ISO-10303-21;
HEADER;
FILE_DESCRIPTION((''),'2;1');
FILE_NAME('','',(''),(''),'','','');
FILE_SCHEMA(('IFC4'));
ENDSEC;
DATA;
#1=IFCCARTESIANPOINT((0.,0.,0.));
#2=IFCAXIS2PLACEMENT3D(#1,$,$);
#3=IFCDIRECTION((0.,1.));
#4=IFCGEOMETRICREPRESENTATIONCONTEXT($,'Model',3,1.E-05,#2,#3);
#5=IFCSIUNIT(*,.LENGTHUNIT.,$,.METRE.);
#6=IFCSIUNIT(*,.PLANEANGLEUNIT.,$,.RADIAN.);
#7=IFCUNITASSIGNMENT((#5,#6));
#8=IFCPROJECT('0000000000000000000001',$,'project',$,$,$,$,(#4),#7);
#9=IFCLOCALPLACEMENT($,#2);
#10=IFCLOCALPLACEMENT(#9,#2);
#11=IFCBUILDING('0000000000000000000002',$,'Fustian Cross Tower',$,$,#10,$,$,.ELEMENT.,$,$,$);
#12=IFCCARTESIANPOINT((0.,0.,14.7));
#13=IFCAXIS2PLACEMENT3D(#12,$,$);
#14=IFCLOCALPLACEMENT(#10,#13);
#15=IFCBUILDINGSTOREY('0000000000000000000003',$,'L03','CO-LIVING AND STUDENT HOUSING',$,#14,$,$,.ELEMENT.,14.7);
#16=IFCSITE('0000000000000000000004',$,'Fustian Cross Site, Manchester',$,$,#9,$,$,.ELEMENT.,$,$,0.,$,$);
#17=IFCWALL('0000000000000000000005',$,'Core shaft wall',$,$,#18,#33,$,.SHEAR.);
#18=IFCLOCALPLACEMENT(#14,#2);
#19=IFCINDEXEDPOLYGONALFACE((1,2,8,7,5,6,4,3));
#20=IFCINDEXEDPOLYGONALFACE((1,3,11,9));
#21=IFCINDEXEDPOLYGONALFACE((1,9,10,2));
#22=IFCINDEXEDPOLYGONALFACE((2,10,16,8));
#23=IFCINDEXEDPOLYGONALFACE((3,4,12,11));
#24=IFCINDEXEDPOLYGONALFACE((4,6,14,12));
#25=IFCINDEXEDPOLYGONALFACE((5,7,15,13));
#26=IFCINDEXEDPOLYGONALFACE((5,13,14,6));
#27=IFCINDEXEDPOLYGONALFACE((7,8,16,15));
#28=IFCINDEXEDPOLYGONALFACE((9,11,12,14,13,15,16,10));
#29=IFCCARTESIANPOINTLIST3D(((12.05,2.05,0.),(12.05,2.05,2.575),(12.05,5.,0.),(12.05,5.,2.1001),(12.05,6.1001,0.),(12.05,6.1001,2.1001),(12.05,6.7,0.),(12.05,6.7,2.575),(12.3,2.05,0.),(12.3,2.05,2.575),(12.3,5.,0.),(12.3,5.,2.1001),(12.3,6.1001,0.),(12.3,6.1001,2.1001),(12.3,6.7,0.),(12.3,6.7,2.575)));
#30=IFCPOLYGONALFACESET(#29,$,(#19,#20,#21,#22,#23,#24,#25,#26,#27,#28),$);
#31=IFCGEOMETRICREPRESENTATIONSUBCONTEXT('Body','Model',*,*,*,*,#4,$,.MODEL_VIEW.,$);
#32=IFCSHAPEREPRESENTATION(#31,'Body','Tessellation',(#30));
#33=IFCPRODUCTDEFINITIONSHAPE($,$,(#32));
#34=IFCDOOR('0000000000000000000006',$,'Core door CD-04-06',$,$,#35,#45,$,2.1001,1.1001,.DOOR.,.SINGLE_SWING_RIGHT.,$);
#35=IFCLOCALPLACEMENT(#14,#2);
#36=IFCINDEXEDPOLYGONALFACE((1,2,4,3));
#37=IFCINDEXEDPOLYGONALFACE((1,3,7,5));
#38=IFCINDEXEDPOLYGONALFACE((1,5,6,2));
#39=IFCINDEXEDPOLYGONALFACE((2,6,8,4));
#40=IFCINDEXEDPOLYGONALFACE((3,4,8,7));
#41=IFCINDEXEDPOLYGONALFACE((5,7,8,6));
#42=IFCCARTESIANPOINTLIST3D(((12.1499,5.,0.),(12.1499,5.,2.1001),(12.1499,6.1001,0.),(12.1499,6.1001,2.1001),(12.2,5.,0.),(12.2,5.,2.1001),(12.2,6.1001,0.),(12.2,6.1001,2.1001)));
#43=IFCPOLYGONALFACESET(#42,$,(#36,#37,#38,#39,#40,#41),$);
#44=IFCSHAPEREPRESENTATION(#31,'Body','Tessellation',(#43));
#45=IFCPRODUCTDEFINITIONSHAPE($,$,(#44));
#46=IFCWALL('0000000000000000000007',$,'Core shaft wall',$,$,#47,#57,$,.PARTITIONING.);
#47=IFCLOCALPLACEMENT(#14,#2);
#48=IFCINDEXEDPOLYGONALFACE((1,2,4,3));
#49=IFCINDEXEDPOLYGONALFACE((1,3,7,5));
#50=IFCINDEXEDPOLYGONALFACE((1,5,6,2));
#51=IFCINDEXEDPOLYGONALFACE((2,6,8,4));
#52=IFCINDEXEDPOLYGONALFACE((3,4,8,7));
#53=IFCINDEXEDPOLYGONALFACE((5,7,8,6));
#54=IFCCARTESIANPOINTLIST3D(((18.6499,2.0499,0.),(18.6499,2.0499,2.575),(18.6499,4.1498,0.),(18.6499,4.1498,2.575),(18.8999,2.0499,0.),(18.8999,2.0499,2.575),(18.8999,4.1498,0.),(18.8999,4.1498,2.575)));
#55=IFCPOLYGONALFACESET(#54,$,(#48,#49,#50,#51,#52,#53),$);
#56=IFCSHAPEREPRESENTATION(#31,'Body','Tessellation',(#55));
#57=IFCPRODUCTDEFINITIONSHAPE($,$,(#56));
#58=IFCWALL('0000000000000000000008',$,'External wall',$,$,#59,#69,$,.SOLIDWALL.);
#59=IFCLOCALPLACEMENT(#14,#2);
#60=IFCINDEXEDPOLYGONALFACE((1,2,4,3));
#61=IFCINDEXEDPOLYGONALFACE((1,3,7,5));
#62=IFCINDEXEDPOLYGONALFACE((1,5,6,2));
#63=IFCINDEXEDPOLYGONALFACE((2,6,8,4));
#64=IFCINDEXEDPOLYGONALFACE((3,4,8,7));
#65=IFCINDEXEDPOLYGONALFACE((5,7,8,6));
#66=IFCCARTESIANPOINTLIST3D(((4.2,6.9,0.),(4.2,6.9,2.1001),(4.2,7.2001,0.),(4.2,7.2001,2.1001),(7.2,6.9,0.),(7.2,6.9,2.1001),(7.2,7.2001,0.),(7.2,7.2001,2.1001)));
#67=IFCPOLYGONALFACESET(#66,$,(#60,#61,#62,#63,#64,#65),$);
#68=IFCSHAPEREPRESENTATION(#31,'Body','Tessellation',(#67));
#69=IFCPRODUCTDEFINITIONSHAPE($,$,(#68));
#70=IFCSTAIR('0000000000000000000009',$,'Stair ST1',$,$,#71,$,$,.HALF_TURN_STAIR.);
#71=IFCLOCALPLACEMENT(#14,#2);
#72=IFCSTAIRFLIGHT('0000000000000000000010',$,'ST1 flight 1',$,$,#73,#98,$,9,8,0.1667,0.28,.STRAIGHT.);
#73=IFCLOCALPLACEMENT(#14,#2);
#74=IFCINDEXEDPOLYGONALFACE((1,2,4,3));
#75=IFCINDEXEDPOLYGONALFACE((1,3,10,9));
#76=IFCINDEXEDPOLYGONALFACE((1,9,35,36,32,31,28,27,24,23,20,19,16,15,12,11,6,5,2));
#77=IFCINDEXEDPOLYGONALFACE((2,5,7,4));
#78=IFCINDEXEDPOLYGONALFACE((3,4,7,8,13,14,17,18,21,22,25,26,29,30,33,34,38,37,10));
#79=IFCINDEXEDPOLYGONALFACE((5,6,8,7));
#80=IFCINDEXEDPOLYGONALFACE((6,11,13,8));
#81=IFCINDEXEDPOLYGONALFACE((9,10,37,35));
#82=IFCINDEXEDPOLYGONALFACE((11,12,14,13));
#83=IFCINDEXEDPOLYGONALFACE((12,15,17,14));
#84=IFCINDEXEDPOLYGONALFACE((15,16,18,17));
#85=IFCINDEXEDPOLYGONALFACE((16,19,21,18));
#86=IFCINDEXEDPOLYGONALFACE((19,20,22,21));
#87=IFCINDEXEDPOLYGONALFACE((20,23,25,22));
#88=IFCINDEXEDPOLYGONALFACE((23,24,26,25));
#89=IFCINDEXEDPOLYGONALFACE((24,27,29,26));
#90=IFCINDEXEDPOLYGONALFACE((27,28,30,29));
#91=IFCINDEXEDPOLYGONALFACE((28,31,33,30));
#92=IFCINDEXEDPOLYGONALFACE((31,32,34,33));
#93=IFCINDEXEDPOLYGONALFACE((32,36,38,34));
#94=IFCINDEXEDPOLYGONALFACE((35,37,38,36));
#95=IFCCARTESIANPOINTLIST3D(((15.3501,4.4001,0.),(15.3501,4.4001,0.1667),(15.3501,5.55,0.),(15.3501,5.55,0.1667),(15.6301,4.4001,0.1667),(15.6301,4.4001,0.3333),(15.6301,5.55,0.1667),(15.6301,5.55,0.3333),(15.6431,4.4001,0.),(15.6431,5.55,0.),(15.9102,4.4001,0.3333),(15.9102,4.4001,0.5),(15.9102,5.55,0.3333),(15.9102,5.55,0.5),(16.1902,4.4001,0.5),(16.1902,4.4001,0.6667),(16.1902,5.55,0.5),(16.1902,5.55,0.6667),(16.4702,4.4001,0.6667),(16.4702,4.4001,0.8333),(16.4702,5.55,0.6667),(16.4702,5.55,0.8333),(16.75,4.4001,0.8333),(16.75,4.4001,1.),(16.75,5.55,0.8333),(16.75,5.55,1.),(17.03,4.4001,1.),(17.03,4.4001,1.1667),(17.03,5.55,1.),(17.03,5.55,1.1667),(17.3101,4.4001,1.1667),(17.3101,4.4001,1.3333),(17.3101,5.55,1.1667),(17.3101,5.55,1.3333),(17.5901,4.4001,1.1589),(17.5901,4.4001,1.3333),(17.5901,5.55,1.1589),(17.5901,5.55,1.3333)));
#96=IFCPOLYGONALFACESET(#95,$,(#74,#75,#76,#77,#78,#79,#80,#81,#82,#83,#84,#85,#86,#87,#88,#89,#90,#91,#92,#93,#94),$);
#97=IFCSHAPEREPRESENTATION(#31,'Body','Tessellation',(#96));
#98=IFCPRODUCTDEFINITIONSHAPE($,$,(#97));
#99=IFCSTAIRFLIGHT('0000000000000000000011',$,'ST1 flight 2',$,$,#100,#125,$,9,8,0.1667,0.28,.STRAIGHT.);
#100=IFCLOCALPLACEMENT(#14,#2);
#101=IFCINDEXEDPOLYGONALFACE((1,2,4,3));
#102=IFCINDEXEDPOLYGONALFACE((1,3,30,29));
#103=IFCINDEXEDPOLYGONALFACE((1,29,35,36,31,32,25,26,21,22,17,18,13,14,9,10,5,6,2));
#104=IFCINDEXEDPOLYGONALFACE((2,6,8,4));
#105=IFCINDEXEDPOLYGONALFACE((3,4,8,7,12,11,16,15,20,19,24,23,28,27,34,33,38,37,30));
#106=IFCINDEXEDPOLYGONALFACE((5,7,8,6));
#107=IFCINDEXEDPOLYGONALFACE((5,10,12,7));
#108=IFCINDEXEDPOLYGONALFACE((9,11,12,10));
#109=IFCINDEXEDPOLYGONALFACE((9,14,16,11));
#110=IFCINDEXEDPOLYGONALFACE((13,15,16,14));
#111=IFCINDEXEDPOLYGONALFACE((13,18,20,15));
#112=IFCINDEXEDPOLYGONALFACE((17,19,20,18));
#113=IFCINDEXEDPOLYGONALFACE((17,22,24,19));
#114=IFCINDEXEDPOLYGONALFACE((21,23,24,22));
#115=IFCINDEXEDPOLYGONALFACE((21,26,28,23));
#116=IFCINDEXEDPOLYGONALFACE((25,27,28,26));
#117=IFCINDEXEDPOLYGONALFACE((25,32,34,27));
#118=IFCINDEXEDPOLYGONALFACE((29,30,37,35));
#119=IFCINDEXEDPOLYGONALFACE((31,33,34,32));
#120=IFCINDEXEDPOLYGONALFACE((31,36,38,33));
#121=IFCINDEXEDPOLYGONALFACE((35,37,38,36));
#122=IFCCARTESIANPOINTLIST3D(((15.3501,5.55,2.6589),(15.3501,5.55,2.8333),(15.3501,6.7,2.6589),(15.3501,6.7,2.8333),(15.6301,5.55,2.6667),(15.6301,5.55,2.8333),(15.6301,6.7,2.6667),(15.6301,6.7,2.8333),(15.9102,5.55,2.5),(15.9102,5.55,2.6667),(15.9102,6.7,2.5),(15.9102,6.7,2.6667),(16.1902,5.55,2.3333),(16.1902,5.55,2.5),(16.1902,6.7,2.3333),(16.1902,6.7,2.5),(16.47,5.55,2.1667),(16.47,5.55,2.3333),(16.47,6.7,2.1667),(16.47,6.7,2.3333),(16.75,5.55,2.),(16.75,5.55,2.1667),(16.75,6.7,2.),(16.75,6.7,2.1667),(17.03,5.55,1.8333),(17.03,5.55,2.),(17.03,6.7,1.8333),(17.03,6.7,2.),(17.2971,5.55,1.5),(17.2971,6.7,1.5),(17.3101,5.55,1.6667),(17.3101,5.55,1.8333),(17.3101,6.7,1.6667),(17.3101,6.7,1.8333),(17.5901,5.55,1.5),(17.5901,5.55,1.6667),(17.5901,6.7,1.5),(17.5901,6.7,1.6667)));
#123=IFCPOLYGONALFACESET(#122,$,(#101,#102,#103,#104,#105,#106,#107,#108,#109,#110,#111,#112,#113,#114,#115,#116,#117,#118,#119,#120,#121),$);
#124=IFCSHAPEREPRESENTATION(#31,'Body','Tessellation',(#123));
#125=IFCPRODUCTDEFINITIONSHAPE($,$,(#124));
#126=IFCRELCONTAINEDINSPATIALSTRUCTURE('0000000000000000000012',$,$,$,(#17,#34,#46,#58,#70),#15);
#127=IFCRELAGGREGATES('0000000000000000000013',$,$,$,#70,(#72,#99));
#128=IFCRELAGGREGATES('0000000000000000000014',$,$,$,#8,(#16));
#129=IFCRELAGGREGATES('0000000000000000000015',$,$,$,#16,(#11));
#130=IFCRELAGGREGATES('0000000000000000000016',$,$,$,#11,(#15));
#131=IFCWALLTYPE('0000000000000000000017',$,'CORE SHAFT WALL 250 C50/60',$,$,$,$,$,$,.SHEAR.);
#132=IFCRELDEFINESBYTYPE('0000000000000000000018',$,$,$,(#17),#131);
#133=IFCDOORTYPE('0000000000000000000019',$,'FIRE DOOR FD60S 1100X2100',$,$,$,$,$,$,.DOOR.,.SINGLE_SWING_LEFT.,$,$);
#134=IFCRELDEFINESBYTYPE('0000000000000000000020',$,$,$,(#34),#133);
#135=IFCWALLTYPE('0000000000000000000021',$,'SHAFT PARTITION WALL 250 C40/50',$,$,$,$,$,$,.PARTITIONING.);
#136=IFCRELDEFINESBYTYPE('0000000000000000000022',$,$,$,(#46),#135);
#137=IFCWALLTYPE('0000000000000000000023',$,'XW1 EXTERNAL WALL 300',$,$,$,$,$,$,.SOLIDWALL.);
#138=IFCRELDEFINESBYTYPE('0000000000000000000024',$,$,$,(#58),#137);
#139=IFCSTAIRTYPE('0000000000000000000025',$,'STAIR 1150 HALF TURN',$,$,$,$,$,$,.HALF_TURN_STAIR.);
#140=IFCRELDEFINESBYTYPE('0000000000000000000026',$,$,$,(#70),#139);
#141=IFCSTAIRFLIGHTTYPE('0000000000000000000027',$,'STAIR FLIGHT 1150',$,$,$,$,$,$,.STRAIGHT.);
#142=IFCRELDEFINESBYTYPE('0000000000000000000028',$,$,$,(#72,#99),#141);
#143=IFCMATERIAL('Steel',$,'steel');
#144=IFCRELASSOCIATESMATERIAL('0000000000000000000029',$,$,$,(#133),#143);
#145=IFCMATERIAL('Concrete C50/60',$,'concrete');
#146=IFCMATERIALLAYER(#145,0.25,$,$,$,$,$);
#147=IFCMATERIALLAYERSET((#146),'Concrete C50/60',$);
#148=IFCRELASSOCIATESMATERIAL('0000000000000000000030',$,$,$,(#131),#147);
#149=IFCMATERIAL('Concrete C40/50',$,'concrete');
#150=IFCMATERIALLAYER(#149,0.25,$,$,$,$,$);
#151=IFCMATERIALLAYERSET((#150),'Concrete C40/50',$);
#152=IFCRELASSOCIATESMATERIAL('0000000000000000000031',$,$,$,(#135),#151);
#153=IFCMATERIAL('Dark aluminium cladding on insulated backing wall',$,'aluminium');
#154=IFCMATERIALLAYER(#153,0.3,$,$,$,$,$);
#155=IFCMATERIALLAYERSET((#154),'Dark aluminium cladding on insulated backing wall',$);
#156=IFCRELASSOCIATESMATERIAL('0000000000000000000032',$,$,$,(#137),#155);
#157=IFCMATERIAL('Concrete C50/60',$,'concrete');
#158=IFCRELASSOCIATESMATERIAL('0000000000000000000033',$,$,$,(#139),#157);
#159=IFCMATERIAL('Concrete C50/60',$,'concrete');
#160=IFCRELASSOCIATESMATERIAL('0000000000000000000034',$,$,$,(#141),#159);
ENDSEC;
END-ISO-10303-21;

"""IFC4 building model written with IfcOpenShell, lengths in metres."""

from ifc_helpers import new_model, si_unit, direction, frame, frame_2d, origin, place, context, subcontext, project, spatial, polyline, rectangle, outline, extrude, material, layer, layer_set, type_object, element, fill, aggregate, save


model = new_model("IFC4")

# Units and contexts
model_context = context("Model", 3, precision=1e-05, world=origin(), true_north=direction((0.0, 1.0)))
body_context = subcontext(model_context, "Body", "Model", "MODEL_VIEW")
ifc_project = project(units=[si_unit("LENGTHUNIT", "METRE"), si_unit("PLANEANGLEUNIT", "RADIAN")], contexts=[model_context])

# Site, building, storey
site_placement = place(None, origin())
site = spatial("IfcSite", under=ifc_project, at=site_placement, Name="Fustian Cross Site, Manchester", CompositionType="ELEMENT", RefElevation=0.0)
building_placement = place(site_placement, origin())
building = spatial("IfcBuilding", under=site, at=building_placement, Name="Fustian Cross Tower", CompositionType="ELEMENT")
storey_placement = place(building_placement, frame((0.0, 0.0, 14.7)))
storey = spatial("IfcBuildingStorey", under=building, at=storey_placement, Name="L03", Description="CO-LIVING AND STUDENT HOUSING", CompositionType="ELEMENT", Elevation=14.7)

# Shared definitions
ifc_material_1 = material(Name="Steel", Category="steel")
door_type_1 = type_object("IfcDoorType", Name="FIRE DOOR FD60S 1100X2100", OperationType="SINGLE_SWING_LEFT", PredefinedType="DOOR", material=ifc_material_1)

# Shared definitions
ifc_material_2 = material(Name="Concrete C50/60", Category="concrete")
ifc_layer_1 = layer(ifc_material_2, 0.25)
ifc_layer_set_1 = layer_set([ifc_layer_1], Name="Concrete C50/60")
wall_type_1 = type_object("IfcWallType", Name="CORE SHAFT WALL 250 C50/60", PredefinedType="SHEAR", material=ifc_layer_set_1)

# Wall, opening, door
wall_1_placement = place(storey_placement, frame((12.175, 2.05, 0.0), z_axis=(0.0, 0.0, 1.0), x_axis=(0.0, 1.0, 0.0)))
wall_1 = element("IfcWall", 1, at=wall_1_placement, inside=storey, type_object=wall_type_1, Name="Core shaft wall", PredefinedType="SHEAR", context=body_context, shape_type="SweptSolid", body=[
    extrude(rectangle(XDim=4.6499, YDim=0.25, at=frame_2d((2.325, 0.0))), origin(), (0.0, 0.0, 1.0), 2.575),
])
opening_1_placement = place(wall_1_placement, frame((2.95, 0.0, 0.0)))
opening_1 = element("IfcOpeningElement", 2, at=opening_1_placement, cuts=wall_1, PredefinedType="OPENING", context=body_context, shape_type="SweptSolid", body=[
    extrude(rectangle(XDim=1.1001, YDim=2.1001, at=frame_2d((0.55, 1.05))), frame((0.0, 0.135, 0.0), z_axis=(0.0, -1.0, 0.0), x_axis=(1.0, 0.0, 0.0)), (0.0, 0.0, 1.0), 0.27),
])
door_1_placement = place(opening_1_placement, frame((1.1001, 0.0, 0.0), z_axis=(0.0, 0.0, 1.0), x_axis=(-1.0, 0.0, 0.0)))
door_1 = element("IfcDoor", 3, at=door_1_placement, inside=storey, type_object=door_type_1, Name="Core door CD-04-06", OperationType="SINGLE_SWING_RIGHT", OverallHeight=2.1001, OverallWidth=1.1001, PredefinedType="DOOR", context=body_context, shape_type="SweptSolid", body=[
    extrude(rectangle(XDim=1.1001, YDim=2.1001, at=frame_2d((0.55, 1.05))), frame((0.0, 0.0249, 0.0), z_axis=(0.0, -1.0, 0.0), x_axis=(1.0, 0.0, 0.0)), (0.0, 0.0, 1.0), 0.05),
])
fill(opening_1, door_1)

# Walls
ifc_material_3 = material(Name="Concrete C40/50", Category="concrete")
ifc_layer_2 = layer(ifc_material_3, 0.25)
ifc_layer_set_2 = layer_set([ifc_layer_2], Name="Concrete C40/50")
wall_type_2 = type_object("IfcWallType", Name="SHAFT PARTITION WALL 250 C40/50", PredefinedType="PARTITIONING", material=ifc_layer_set_2)
wall_2_placement = place(storey_placement, frame((18.7749, 2.05, 0.0), z_axis=(0.0, 0.0, 1.0), x_axis=(0.0, 1.0, 0.0)))
element("IfcWall", 4, at=wall_2_placement, inside=storey, type_object=wall_type_2, Name="Core shaft wall", PredefinedType="PARTITIONING", context=body_context, shape_type="SweptSolid", body=[
    extrude(rectangle(XDim=2.0999, YDim=0.25, at=frame_2d((1.0498, 0.0))), origin(), (0.0, 0.0, 1.0), 2.575),
])
ifc_material_4 = material(Name="Dark aluminium cladding on insulated backing wall", Category="aluminium")
ifc_layer_3 = layer(ifc_material_4, 0.3)
ifc_layer_set_3 = layer_set([ifc_layer_3], Name="Dark aluminium cladding on insulated backing wall")
wall_type_3 = type_object("IfcWallType", Name="XW1 EXTERNAL WALL 300", PredefinedType="SOLIDWALL", material=ifc_layer_set_3)
wall_3_placement = place(storey_placement, frame((7.2, 7.05, 0.0), z_axis=(0.0, 0.0, 1.0), x_axis=(-1.0, 0.0, 0.0)))
element("IfcWall", 5, at=wall_3_placement, inside=storey, type_object=wall_type_3, Name="External wall", PredefinedType="SOLIDWALL", context=body_context, shape_type="SweptSolid", body=[
    extrude(rectangle(XDim=3.0, YDim=0.3, at=frame_2d((1.5, 0.0))), origin(), (0.0, 0.0, 1.0), 2.1001),
])

# Stair, stair flights
ifc_material_5 = material(Name="Concrete C50/60", Category="concrete")
stair_type = type_object("IfcStairType", Name="STAIR 1150 HALF TURN", PredefinedType="HALF_TURN_STAIR", material=ifc_material_5)
stair_placement = place(storey_placement, origin())
stair = element("IfcStair", 6, at=stair_placement, inside=storey, type_object=stair_type, Name="Stair ST1", PredefinedType="HALF_TURN_STAIR")
ifc_material_6 = material(Name="Concrete C50/60", Category="concrete")
stair_flight_type = type_object("IfcStairFlightType", Name="STAIR FLIGHT 1150", PredefinedType="STRAIGHT", material=ifc_material_6)
stair_flight_1_placement = place(storey_placement, frame((15.3501, 4.9751, 0.0), z_axis=(0.0, 0.0, 1.0), x_axis=(1.0, 0.0, 0.0)))
stair_flight_1 = element("IfcStairFlight", 7, at=stair_flight_1_placement, type_object=stair_flight_type, Name="ST1 flight 1", NumberOfRisers=9, NumberOfTreads=8, PredefinedType="STRAIGHT", RiserHeight=0.1667, TreadLength=0.28, context=body_context, shape_type="SweptSolid", body=[
    extrude(outline(polyline([(0.0, 0.0), (0.0, 0.1667), (0.28, 0.1667), (0.28, 0.3333), (0.5601, 0.3333), (0.5601, 0.5), (0.8401, 0.5), (0.8401, 0.6667), (1.1201, 0.6667), (1.1201, 0.8333), (1.3999, 0.8333), (1.3999, 1.0), (1.6799, 1.0), (1.6799, 1.1667), (1.96, 1.1667), (1.96, 1.3333), (2.24, 1.3333), (2.24, 1.5), (2.24, 1.1589), (0.293, 0.0), (0.0, 0.0)])), frame((0.0, 0.575, 0.0), z_axis=(0.0, -1.0, 0.0), x_axis=(1.0, 0.0, 0.0)), (0.0, 0.0, 1.0), 1.1499),
])
stair_flight_2_placement = place(storey_placement, frame((17.5901, 6.125, 1.5), z_axis=(0.0, 0.0, 1.0), x_axis=(-1.0, 0.0, 0.0)))
stair_flight_2 = element("IfcStairFlight", 8, at=stair_flight_2_placement, type_object=stair_flight_type, Name="ST1 flight 2", NumberOfRisers=9, NumberOfTreads=8, PredefinedType="STRAIGHT", RiserHeight=0.1667, TreadLength=0.28, context=body_context, shape_type="SweptSolid", body=[
    extrude(outline(polyline([(0.0, 0.0), (0.0, 0.1667), (0.28, 0.1667), (0.28, 0.3333), (0.5601, 0.3333), (0.5601, 0.5), (0.8401, 0.5), (0.8401, 0.6667), (1.1201, 0.6667), (1.1201, 0.8333), (1.3999, 0.8333), (1.3999, 1.0), (1.6799, 1.0), (1.6799, 1.1667), (1.96, 1.1667), (1.96, 1.3333), (2.24, 1.3333), (2.24, 1.5), (2.24, 1.1589), (0.293, 0.0), (0.0, 0.0)])), frame((0.0, 0.575, 0.0), z_axis=(0.0, -1.0, 0.0), x_axis=(1.0, 0.0, 0.0)), (0.0, 0.0, 1.0), 1.1499),
])
aggregate(stair, [stair_flight_1, stair_flight_2])

save(model, "model.ifc")
